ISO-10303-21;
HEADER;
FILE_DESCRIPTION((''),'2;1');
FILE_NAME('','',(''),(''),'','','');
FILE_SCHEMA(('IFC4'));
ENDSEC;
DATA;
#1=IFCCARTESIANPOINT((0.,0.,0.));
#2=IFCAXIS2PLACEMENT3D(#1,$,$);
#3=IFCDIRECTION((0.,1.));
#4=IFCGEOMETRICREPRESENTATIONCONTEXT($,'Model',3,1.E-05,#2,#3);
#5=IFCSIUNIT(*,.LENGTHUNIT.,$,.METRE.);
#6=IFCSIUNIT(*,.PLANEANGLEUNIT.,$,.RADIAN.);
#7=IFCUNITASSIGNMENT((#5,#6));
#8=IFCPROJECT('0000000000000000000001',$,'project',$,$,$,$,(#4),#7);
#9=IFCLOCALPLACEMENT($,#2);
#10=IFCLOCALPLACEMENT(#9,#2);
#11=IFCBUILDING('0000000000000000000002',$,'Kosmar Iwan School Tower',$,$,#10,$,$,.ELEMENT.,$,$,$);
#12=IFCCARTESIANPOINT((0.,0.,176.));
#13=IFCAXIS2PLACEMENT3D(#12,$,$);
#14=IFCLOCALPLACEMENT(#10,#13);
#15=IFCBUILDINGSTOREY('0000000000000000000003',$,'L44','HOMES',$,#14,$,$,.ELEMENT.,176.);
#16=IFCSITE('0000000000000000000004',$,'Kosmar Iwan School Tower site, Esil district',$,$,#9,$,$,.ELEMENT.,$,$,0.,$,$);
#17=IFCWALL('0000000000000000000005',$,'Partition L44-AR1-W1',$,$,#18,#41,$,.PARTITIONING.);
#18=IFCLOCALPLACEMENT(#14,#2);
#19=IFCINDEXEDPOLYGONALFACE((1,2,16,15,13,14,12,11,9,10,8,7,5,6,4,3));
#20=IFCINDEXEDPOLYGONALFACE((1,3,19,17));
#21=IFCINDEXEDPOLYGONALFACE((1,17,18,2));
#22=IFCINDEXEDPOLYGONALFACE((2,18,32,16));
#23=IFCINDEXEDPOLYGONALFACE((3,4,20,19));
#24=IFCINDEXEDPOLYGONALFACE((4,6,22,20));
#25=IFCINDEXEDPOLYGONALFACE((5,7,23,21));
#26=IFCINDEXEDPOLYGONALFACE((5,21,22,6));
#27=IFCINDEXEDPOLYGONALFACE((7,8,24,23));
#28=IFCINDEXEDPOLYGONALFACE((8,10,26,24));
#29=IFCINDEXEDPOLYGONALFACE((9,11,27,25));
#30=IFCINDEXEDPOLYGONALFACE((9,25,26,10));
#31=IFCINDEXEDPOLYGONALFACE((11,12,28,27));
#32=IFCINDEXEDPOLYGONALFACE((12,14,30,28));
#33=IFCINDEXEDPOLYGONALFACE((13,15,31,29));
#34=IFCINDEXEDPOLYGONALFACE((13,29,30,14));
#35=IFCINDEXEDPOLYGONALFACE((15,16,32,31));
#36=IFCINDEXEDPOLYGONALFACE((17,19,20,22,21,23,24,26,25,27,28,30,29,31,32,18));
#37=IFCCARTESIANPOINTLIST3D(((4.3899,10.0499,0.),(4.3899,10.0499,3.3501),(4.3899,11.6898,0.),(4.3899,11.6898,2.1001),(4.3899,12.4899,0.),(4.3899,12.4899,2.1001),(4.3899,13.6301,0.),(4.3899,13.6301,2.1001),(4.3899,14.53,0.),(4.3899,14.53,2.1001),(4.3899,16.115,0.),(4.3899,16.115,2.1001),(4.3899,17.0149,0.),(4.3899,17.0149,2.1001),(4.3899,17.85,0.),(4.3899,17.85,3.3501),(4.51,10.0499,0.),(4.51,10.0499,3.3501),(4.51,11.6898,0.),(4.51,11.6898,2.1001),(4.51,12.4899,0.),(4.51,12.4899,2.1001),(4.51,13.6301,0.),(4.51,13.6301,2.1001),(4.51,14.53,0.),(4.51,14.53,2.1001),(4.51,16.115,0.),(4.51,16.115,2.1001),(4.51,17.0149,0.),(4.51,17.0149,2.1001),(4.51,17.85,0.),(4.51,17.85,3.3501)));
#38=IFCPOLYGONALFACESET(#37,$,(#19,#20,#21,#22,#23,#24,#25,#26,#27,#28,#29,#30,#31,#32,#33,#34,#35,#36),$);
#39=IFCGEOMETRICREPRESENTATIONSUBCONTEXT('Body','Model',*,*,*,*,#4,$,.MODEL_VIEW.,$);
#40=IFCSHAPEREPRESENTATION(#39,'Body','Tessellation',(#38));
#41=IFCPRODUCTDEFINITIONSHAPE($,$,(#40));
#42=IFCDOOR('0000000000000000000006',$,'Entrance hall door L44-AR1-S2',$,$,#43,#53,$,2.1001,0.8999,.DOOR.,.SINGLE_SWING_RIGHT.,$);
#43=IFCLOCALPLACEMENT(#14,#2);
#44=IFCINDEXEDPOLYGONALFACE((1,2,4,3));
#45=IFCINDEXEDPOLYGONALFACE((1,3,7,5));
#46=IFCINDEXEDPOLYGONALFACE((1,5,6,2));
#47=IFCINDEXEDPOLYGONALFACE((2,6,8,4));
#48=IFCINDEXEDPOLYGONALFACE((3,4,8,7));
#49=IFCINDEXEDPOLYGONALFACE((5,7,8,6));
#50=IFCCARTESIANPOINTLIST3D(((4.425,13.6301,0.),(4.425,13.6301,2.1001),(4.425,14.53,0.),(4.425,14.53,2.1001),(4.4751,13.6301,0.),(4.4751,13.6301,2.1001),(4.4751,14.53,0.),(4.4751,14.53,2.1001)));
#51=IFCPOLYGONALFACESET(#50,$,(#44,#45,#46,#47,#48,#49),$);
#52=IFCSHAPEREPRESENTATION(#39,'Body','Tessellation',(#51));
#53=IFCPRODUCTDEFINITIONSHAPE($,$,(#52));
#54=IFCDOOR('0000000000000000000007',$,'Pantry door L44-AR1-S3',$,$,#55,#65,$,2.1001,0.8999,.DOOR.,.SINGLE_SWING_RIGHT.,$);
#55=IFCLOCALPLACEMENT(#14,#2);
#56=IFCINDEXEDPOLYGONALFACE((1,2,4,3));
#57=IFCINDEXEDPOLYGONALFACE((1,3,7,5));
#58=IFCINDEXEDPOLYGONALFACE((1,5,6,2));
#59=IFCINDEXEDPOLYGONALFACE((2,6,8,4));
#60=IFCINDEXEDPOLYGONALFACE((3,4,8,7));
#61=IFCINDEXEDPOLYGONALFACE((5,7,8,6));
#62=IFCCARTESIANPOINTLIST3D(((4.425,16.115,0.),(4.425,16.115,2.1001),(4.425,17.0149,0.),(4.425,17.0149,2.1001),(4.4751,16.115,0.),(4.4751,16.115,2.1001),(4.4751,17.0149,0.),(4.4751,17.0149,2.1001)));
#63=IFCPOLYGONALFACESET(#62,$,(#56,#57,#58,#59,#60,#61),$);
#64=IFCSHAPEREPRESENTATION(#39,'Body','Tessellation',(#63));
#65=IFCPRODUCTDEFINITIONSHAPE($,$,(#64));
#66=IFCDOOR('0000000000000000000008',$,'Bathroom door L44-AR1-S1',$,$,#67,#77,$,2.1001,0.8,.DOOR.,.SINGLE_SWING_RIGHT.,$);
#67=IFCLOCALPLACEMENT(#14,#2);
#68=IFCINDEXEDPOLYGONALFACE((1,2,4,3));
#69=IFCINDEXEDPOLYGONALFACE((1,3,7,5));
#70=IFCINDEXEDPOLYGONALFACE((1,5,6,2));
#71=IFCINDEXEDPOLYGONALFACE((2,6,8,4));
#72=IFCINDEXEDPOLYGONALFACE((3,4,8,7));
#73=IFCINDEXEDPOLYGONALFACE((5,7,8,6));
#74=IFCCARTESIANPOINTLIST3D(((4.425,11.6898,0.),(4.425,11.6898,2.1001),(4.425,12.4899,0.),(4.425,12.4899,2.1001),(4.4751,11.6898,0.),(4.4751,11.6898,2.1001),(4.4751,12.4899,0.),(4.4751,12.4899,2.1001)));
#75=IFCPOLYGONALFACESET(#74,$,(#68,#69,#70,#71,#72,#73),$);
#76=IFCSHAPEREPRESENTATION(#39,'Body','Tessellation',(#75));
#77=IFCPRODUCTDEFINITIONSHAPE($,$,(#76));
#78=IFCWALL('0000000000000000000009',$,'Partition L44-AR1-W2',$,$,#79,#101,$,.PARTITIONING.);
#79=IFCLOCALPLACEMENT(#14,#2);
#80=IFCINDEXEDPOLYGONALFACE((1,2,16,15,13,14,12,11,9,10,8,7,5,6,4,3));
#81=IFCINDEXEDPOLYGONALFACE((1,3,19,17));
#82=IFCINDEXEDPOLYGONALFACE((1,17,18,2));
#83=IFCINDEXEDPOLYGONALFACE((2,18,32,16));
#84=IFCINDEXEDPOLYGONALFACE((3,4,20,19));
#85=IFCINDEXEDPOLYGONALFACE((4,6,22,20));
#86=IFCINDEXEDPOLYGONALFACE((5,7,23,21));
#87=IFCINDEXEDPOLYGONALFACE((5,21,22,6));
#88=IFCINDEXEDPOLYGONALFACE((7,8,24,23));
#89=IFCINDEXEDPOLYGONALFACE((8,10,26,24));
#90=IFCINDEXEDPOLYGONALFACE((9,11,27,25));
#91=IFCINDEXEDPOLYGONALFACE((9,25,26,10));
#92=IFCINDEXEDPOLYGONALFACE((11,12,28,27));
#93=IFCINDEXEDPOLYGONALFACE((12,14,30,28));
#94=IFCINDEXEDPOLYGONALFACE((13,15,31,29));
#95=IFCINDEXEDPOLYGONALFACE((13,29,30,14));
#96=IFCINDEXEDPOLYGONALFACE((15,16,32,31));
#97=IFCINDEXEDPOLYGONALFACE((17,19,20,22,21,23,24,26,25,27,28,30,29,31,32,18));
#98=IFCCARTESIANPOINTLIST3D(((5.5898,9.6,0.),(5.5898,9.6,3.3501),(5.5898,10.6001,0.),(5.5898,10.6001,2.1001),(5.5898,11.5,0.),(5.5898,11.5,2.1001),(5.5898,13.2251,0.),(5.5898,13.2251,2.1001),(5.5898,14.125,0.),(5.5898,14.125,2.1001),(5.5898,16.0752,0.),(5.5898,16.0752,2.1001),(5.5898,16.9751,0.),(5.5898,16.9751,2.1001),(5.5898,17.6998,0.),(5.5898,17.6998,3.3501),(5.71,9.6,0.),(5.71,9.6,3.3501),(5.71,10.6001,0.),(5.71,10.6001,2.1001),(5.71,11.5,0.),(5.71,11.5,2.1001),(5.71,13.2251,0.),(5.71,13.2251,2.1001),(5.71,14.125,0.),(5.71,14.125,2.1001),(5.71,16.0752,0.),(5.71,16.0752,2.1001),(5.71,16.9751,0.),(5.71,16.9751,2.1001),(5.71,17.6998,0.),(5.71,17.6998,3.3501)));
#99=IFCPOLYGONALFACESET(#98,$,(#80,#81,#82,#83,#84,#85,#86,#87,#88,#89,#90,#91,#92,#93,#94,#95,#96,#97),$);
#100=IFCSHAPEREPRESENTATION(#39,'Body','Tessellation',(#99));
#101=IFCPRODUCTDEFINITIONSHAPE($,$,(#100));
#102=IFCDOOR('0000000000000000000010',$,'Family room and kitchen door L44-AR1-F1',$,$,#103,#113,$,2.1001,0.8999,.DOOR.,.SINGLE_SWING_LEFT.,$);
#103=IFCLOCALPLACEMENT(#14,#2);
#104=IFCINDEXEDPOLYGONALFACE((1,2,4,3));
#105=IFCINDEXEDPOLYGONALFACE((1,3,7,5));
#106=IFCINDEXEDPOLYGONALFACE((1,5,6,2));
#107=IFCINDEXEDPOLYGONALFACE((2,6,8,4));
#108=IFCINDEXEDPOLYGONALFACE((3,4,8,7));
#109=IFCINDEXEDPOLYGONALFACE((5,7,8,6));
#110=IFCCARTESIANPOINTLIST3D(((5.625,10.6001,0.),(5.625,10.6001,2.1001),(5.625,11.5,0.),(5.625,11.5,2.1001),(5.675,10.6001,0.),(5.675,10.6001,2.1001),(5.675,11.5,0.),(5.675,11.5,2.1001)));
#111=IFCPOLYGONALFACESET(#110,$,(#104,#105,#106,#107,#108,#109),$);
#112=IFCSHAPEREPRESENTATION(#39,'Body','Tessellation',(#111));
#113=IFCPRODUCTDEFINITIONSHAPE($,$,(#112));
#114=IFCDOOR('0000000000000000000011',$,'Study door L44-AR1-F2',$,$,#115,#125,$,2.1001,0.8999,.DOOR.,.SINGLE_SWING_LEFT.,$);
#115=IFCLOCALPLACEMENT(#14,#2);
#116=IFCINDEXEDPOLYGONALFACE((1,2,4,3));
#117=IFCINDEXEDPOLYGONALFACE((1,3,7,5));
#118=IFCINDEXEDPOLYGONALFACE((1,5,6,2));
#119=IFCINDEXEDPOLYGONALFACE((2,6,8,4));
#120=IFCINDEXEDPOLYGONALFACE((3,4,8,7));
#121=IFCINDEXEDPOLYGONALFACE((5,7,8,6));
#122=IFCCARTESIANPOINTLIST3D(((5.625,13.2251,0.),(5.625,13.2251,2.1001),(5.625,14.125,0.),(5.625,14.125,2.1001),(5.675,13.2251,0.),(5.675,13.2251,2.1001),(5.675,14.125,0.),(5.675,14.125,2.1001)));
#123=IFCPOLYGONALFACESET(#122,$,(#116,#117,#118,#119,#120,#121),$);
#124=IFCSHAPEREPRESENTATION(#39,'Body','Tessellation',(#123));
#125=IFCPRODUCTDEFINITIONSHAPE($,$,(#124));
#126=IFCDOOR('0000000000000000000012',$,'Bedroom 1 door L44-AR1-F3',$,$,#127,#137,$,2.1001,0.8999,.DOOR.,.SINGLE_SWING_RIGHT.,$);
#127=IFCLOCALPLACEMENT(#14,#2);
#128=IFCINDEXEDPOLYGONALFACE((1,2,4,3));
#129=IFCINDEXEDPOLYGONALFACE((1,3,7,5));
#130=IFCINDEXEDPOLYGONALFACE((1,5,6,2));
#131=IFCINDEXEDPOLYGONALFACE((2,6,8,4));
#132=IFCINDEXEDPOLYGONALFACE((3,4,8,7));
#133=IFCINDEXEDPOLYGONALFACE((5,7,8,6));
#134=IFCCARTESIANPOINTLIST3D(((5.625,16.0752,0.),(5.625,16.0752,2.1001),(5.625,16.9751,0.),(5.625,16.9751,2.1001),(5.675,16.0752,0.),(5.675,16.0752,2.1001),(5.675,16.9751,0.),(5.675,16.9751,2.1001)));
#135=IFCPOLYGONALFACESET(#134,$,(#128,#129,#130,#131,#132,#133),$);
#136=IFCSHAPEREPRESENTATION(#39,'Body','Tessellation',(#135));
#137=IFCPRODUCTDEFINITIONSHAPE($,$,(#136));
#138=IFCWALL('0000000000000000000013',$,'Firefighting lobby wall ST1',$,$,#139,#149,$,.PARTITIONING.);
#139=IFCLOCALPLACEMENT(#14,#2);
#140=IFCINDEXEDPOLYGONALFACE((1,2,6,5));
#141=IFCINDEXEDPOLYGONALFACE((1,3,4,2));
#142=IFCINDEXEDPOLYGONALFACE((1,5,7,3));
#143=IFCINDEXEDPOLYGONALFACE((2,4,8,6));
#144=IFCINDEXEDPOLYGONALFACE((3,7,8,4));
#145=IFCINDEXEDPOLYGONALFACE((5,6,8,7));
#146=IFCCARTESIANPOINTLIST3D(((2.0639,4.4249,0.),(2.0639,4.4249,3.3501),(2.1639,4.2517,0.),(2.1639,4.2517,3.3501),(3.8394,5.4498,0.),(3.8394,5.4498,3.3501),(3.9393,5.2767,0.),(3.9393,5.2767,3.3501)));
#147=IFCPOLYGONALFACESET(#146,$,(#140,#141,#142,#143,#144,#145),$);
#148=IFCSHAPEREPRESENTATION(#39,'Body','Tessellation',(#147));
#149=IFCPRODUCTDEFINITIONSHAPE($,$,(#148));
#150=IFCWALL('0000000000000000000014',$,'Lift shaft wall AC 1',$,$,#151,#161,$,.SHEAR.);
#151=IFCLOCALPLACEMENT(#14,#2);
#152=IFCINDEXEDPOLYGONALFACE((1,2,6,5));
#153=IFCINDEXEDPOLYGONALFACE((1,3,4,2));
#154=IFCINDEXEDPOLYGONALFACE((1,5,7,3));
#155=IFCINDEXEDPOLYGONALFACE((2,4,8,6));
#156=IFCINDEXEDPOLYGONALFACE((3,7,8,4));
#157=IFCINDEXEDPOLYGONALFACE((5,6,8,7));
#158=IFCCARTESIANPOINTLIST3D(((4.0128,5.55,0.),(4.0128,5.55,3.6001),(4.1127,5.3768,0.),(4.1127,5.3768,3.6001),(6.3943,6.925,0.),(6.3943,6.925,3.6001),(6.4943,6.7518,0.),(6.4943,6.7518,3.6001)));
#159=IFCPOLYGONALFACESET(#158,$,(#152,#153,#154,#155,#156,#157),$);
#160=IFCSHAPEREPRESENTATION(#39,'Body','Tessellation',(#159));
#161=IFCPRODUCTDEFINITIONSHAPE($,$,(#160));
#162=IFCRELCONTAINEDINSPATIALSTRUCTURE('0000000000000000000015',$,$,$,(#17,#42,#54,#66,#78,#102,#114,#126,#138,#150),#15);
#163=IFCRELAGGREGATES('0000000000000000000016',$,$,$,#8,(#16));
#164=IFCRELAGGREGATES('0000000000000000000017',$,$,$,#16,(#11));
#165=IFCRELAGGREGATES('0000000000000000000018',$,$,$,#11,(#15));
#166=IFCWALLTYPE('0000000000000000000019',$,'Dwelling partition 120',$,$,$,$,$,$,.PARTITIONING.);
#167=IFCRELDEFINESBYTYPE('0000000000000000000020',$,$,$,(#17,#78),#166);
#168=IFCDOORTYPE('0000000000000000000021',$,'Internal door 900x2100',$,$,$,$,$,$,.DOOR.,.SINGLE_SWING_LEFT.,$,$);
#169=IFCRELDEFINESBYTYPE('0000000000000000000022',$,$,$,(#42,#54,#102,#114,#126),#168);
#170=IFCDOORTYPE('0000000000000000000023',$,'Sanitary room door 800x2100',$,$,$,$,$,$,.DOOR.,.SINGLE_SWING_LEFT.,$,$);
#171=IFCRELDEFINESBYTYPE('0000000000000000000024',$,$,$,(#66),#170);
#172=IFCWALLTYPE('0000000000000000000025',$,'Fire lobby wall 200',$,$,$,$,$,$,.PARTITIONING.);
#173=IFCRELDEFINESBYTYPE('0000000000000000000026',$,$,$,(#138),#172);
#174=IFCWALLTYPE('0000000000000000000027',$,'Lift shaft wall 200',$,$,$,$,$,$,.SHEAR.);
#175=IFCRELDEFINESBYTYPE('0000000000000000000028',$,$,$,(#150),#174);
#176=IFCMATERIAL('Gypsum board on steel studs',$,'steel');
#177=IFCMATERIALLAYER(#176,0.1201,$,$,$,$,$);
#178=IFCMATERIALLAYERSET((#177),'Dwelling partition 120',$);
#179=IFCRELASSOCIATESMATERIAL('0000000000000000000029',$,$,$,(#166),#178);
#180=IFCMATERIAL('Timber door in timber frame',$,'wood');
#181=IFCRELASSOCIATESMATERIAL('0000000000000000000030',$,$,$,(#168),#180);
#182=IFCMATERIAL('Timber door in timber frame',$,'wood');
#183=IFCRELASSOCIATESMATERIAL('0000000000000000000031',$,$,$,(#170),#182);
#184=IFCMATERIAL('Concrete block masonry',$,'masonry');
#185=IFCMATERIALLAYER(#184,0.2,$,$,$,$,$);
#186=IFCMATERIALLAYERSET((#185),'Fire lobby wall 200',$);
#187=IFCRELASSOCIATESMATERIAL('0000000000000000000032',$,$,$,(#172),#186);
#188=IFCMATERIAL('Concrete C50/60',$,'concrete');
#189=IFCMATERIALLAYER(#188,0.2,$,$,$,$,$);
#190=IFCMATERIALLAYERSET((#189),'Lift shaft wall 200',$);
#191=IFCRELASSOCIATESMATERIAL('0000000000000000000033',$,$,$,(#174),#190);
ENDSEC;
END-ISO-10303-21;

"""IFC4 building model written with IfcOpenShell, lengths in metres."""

from ifc_helpers import new_model, si_unit, direction, frame, frame_2d, origin, place, context, subcontext, project, spatial, rectangle, extrude, material, layer, layer_set, type_object, element, fill, save


model = new_model("IFC4")

# Units and contexts
model_context = context("Model", 3, precision=1e-05, world=origin(), true_north=direction((0.0, 1.0)))
body_context = subcontext(model_context, "Body", "Model", "MODEL_VIEW")
ifc_project = project(units=[si_unit("LENGTHUNIT", "METRE"), si_unit("PLANEANGLEUNIT", "RADIAN")], contexts=[model_context])

# Site, building, storey
site_placement = place(None, origin())
site = spatial("IfcSite", under=ifc_project, at=site_placement, Name="Kosmar Iwan School Tower site, Esil district", CompositionType="ELEMENT", RefElevation=0.0)
building_placement = place(site_placement, origin())
building = spatial("IfcBuilding", under=site, at=building_placement, Name="Kosmar Iwan School Tower", CompositionType="ELEMENT")
storey_placement = place(building_placement, frame((0.0, 0.0, 176.0)))
storey = spatial("IfcBuildingStorey", under=building, at=storey_placement, Name="L44", Description="HOMES", CompositionType="ELEMENT", Elevation=176.0)

# Walls, openings, doors
ifc_material_1 = material(Name="Gypsum board on steel studs", Category="steel")
ifc_layer_1 = layer(ifc_material_1, 0.1201)
ifc_layer_set_1 = layer_set([ifc_layer_1], Name="Dwelling partition 120")
wall_type_1 = type_object("IfcWallType", Name="Dwelling partition 120", PredefinedType="PARTITIONING", material=ifc_layer_set_1)
wall_1_placement = place(storey_placement, frame((4.45, 10.05, 0.0), z_axis=(0.0, 0.0, 1.0), x_axis=(0.0, 1.0, 0.0)))
wall_1 = element("IfcWall", 1, at=wall_1_placement, inside=storey, type_object=wall_type_1, Name="Partition L44-AR1-W1", PredefinedType="PARTITIONING", context=body_context, shape_type="SweptSolid", body=[
    extrude(rectangle(XDim=7.8, YDim=0.1201, at=frame_2d((3.8999, 0.0))), origin(), (0.0, 0.0, 1.0), 3.3501),
])
opening_1_placement = place(wall_1_placement, frame((1.6399, 0.0, 0.0)))
opening_1 = element("IfcOpeningElement", 2, at=opening_1_placement, cuts=wall_1, PredefinedType="OPENING", context=body_context, shape_type="SweptSolid", body=[
    extrude(rectangle(XDim=0.8, YDim=2.1001, at=frame_2d((0.3999, 1.05))), frame((0.0, 0.072, 0.0), z_axis=(0.0, -1.0, 0.0), x_axis=(1.0, 0.0, 0.0)), (0.0, 0.0, 1.0), 0.144),
])
opening_2_placement = place(wall_1_placement, frame((3.5801, 0.0, 0.0)))
opening_2 = element("IfcOpeningElement", 3, at=opening_2_placement, cuts=wall_1, PredefinedType="OPENING", context=body_context, shape_type="SweptSolid", body=[
    extrude(rectangle(XDim=0.8999, YDim=2.1001, at=frame_2d((0.45, 1.05))), frame((0.0, 0.072, 0.0), z_axis=(0.0, -1.0, 0.0), x_axis=(1.0, 0.0, 0.0)), (0.0, 0.0, 1.0), 0.144),
])
opening_3_placement = place(wall_1_placement, frame((6.0649, 0.0, 0.0)))
opening_3 = element("IfcOpeningElement", 4, at=opening_3_placement, cuts=wall_1, PredefinedType="OPENING", context=body_context, shape_type="SweptSolid", body=[
    extrude(rectangle(XDim=0.8999, YDim=2.1001, at=frame_2d((0.45, 1.05))), frame((0.0, 0.072, 0.0), z_axis=(0.0, -1.0, 0.0), x_axis=(1.0, 0.0, 0.0)), (0.0, 0.0, 1.0), 0.144),
])
ifc_material_2 = material(Name="Timber door in timber frame", Category="wood")
door_type_1 = type_object("IfcDoorType", Name="Internal door 900x2100", OperationType="SINGLE_SWING_LEFT", PredefinedType="DOOR", material=ifc_material_2)
door_1_placement = place(opening_2_placement, origin())
door_1 = element("IfcDoor", 5, at=door_1_placement, inside=storey, type_object=door_type_1, Name="Entrance hall door L44-AR1-S2", OperationType="SINGLE_SWING_RIGHT", OverallHeight=2.1001, OverallWidth=0.8999, PredefinedType="DOOR", context=body_context, shape_type="SweptSolid", body=[
    extrude(rectangle(XDim=0.8999, YDim=2.1001, at=frame_2d((0.45, 1.05))), frame((0.0, 0.0249, 0.0), z_axis=(0.0, -1.0, 0.0), x_axis=(1.0, 0.0, 0.0)), (0.0, 0.0, 1.0), 0.05),
])
fill(opening_2, door_1)
door_2_placement = place(opening_3_placement, origin())
door_2 = element("IfcDoor", 6, at=door_2_placement, inside=storey, type_object=door_type_1, Name="Pantry door L44-AR1-S3", OperationType="SINGLE_SWING_RIGHT", OverallHeight=2.1001, OverallWidth=0.8999, PredefinedType="DOOR", context=body_context, shape_type="SweptSolid", body=[
    extrude(rectangle(XDim=0.8999, YDim=2.1001, at=frame_2d((0.45, 1.05))), frame((0.0, 0.0249, 0.0), z_axis=(0.0, -1.0, 0.0), x_axis=(1.0, 0.0, 0.0)), (0.0, 0.0, 1.0), 0.05),
])
fill(opening_3, door_2)
ifc_material_3 = material(Name="Timber door in timber frame", Category="wood")
door_type_2 = type_object("IfcDoorType", Name="Sanitary room door 800x2100", OperationType="SINGLE_SWING_LEFT", PredefinedType="DOOR", material=ifc_material_3)
door_3_placement = place(opening_1_placement, origin())
door_3 = element("IfcDoor", 7, at=door_3_placement, inside=storey, type_object=door_type_2, Name="Bathroom door L44-AR1-S1", OperationType="SINGLE_SWING_RIGHT", OverallHeight=2.1001, OverallWidth=0.8, PredefinedType="DOOR", context=body_context, shape_type="SweptSolid", body=[
    extrude(rectangle(XDim=0.8, YDim=2.1001, at=frame_2d((0.3999, 1.05))), frame((0.0, 0.0249, 0.0), z_axis=(0.0, -1.0, 0.0), x_axis=(1.0, 0.0, 0.0)), (0.0, 0.0, 1.0), 0.05),
])
fill(opening_1, door_3)
wall_2_placement = place(storey_placement, frame((5.6499, 9.6001, 0.0), z_axis=(0.0, 0.0, 1.0), x_axis=(0.0, 1.0, 0.0)))
wall_2 = element("IfcWall", 8, at=wall_2_placement, inside=storey, type_object=wall_type_1, Name="Partition L44-AR1-W2", PredefinedType="PARTITIONING", context=body_context, shape_type="SweptSolid", body=[
    extrude(rectangle(XDim=8.0999, YDim=0.1201, at=frame_2d((4.0498, 0.0))), origin(), (0.0, 0.0, 1.0), 3.3501),
])
opening_4_placement = place(wall_2_placement, frame((1.0, 0.0, 0.0)))
opening_4 = element("IfcOpeningElement", 9, at=opening_4_placement, cuts=wall_2, PredefinedType="OPENING", context=body_context, shape_type="SweptSolid", body=[
    extrude(rectangle(XDim=0.8999, YDim=2.1001, at=frame_2d((0.45, 1.05))), frame((0.0, 0.072, 0.0), z_axis=(0.0, -1.0, 0.0), x_axis=(1.0, 0.0, 0.0)), (0.0, 0.0, 1.0), 0.144),
])
opening_5_placement = place(wall_2_placement, frame((3.625, 0.0, 0.0)))
opening_5 = element("IfcOpeningElement", 10, at=opening_5_placement, cuts=wall_2, PredefinedType="OPENING", context=body_context, shape_type="SweptSolid", body=[
    extrude(rectangle(XDim=0.8999, YDim=2.1001, at=frame_2d((0.45, 1.05))), frame((0.0, 0.072, 0.0), z_axis=(0.0, -1.0, 0.0), x_axis=(1.0, 0.0, 0.0)), (0.0, 0.0, 1.0), 0.144),
])
opening_6_placement = place(wall_2_placement, frame((6.4751, 0.0, 0.0)))
opening_6 = element("IfcOpeningElement", 11, at=opening_6_placement, cuts=wall_2, PredefinedType="OPENING", context=body_context, shape_type="SweptSolid", body=[
    extrude(rectangle(XDim=0.8999, YDim=2.1001, at=frame_2d((0.45, 1.05))), frame((0.0, 0.072, 0.0), z_axis=(0.0, -1.0, 0.0), x_axis=(1.0, 0.0, 0.0)), (0.0, 0.0, 1.0), 0.144),
])
door_4_placement = place(opening_4_placement, origin())
door_4 = element("IfcDoor", 12, at=door_4_placement, inside=storey, type_object=door_type_1, Name="Family room and kitchen door L44-AR1-F1", OperationType="SINGLE_SWING_LEFT", OverallHeight=2.1001, OverallWidth=0.8999, PredefinedType="DOOR", context=body_context, shape_type="SweptSolid", body=[
    extrude(rectangle(XDim=0.8999, YDim=2.1001, at=frame_2d((0.45, 1.05))), frame((0.0, 0.0249, 0.0), z_axis=(0.0, -1.0, 0.0), x_axis=(1.0, 0.0, 0.0)), (0.0, 0.0, 1.0), 0.05),
])
fill(opening_4, door_4)
door_5_placement = place(opening_5_placement, origin())
door_5 = element("IfcDoor", 13, at=door_5_placement, inside=storey, type_object=door_type_1, Name="Study door L44-AR1-F2", OperationType="SINGLE_SWING_LEFT", OverallHeight=2.1001, OverallWidth=0.8999, PredefinedType="DOOR", context=body_context, shape_type="SweptSolid", body=[
    extrude(rectangle(XDim=0.8999, YDim=2.1001, at=frame_2d((0.45, 1.05))), frame((0.0, 0.0249, 0.0), z_axis=(0.0, -1.0, 0.0), x_axis=(1.0, 0.0, 0.0)), (0.0, 0.0, 1.0), 0.05),
])
fill(opening_5, door_5)
door_6_placement = place(opening_6_placement, origin())
door_6 = element("IfcDoor", 14, at=door_6_placement, inside=storey, type_object=door_type_1, Name="Bedroom 1 door L44-AR1-F3", OperationType="SINGLE_SWING_RIGHT", OverallHeight=2.1001, OverallWidth=0.8999, PredefinedType="DOOR", context=body_context, shape_type="SweptSolid", body=[
    extrude(rectangle(XDim=0.8999, YDim=2.1001, at=frame_2d((0.45, 1.05))), frame((0.0, 0.0249, 0.0), z_axis=(0.0, -1.0, 0.0), x_axis=(1.0, 0.0, 0.0)), (0.0, 0.0, 1.0), 0.05),
])
fill(opening_6, door_6)

# Walls
ifc_material_4 = material(Name="Concrete block masonry", Category="masonry")
ifc_layer_2 = layer(ifc_material_4, 0.2)
ifc_layer_set_2 = layer_set([ifc_layer_2], Name="Fire lobby wall 200")
wall_type_2 = type_object("IfcWallType", Name="Fire lobby wall 200", PredefinedType="PARTITIONING", material=ifc_layer_set_2)
wall_3_placement = place(storey_placement, frame((2.114, 4.3384, 0.0), z_axis=(0.0, 0.0, 1.0), x_axis=(0.866051, 0.499956, 0.0)))
element("IfcWall", 15, at=wall_3_placement, inside=storey, type_object=wall_type_2, Name="Firefighting lobby wall ST1", PredefinedType="PARTITIONING", context=body_context, shape_type="SweptSolid", body=[
    extrude(rectangle(XDim=2.05, YDim=0.2, at=frame_2d((1.0249, 0.0))), origin(), (0.0, 0.0, 1.0), 3.3501),
])
ifc_material_5 = material(Name="Concrete C50/60", Category="concrete")
ifc_layer_3 = layer(ifc_material_5, 0.2)
ifc_layer_set_3 = layer_set([ifc_layer_3], Name="Lift shaft wall 200")
wall_type_3 = type_object("IfcWallType", Name="Lift shaft wall 200", PredefinedType="SHEAR", material=ifc_layer_set_3)
for number, where, z_axis, x_axis, name in (
    (16, (4.0627, 5.4634, 0.0), (0.0, 0.0, 1.0), (0.866027, 0.499997, 0.0), "Lift shaft wall AC 1"),
):
    element("IfcWall", number, at=place(storey_placement, frame(where, z_axis=z_axis, x_axis=x_axis)), inside=storey, type_object=wall_type_3, Name=name, PredefinedType="SHEAR", context=body_context, shape_type="SweptSolid", body=[
        extrude(rectangle(XDim=2.75, YDim=0.2, at=frame_2d((1.375, 0.0))), origin(), (0.0, 0.0, 1.0), 3.6001),
    ])

save(model, "model.ifc")
